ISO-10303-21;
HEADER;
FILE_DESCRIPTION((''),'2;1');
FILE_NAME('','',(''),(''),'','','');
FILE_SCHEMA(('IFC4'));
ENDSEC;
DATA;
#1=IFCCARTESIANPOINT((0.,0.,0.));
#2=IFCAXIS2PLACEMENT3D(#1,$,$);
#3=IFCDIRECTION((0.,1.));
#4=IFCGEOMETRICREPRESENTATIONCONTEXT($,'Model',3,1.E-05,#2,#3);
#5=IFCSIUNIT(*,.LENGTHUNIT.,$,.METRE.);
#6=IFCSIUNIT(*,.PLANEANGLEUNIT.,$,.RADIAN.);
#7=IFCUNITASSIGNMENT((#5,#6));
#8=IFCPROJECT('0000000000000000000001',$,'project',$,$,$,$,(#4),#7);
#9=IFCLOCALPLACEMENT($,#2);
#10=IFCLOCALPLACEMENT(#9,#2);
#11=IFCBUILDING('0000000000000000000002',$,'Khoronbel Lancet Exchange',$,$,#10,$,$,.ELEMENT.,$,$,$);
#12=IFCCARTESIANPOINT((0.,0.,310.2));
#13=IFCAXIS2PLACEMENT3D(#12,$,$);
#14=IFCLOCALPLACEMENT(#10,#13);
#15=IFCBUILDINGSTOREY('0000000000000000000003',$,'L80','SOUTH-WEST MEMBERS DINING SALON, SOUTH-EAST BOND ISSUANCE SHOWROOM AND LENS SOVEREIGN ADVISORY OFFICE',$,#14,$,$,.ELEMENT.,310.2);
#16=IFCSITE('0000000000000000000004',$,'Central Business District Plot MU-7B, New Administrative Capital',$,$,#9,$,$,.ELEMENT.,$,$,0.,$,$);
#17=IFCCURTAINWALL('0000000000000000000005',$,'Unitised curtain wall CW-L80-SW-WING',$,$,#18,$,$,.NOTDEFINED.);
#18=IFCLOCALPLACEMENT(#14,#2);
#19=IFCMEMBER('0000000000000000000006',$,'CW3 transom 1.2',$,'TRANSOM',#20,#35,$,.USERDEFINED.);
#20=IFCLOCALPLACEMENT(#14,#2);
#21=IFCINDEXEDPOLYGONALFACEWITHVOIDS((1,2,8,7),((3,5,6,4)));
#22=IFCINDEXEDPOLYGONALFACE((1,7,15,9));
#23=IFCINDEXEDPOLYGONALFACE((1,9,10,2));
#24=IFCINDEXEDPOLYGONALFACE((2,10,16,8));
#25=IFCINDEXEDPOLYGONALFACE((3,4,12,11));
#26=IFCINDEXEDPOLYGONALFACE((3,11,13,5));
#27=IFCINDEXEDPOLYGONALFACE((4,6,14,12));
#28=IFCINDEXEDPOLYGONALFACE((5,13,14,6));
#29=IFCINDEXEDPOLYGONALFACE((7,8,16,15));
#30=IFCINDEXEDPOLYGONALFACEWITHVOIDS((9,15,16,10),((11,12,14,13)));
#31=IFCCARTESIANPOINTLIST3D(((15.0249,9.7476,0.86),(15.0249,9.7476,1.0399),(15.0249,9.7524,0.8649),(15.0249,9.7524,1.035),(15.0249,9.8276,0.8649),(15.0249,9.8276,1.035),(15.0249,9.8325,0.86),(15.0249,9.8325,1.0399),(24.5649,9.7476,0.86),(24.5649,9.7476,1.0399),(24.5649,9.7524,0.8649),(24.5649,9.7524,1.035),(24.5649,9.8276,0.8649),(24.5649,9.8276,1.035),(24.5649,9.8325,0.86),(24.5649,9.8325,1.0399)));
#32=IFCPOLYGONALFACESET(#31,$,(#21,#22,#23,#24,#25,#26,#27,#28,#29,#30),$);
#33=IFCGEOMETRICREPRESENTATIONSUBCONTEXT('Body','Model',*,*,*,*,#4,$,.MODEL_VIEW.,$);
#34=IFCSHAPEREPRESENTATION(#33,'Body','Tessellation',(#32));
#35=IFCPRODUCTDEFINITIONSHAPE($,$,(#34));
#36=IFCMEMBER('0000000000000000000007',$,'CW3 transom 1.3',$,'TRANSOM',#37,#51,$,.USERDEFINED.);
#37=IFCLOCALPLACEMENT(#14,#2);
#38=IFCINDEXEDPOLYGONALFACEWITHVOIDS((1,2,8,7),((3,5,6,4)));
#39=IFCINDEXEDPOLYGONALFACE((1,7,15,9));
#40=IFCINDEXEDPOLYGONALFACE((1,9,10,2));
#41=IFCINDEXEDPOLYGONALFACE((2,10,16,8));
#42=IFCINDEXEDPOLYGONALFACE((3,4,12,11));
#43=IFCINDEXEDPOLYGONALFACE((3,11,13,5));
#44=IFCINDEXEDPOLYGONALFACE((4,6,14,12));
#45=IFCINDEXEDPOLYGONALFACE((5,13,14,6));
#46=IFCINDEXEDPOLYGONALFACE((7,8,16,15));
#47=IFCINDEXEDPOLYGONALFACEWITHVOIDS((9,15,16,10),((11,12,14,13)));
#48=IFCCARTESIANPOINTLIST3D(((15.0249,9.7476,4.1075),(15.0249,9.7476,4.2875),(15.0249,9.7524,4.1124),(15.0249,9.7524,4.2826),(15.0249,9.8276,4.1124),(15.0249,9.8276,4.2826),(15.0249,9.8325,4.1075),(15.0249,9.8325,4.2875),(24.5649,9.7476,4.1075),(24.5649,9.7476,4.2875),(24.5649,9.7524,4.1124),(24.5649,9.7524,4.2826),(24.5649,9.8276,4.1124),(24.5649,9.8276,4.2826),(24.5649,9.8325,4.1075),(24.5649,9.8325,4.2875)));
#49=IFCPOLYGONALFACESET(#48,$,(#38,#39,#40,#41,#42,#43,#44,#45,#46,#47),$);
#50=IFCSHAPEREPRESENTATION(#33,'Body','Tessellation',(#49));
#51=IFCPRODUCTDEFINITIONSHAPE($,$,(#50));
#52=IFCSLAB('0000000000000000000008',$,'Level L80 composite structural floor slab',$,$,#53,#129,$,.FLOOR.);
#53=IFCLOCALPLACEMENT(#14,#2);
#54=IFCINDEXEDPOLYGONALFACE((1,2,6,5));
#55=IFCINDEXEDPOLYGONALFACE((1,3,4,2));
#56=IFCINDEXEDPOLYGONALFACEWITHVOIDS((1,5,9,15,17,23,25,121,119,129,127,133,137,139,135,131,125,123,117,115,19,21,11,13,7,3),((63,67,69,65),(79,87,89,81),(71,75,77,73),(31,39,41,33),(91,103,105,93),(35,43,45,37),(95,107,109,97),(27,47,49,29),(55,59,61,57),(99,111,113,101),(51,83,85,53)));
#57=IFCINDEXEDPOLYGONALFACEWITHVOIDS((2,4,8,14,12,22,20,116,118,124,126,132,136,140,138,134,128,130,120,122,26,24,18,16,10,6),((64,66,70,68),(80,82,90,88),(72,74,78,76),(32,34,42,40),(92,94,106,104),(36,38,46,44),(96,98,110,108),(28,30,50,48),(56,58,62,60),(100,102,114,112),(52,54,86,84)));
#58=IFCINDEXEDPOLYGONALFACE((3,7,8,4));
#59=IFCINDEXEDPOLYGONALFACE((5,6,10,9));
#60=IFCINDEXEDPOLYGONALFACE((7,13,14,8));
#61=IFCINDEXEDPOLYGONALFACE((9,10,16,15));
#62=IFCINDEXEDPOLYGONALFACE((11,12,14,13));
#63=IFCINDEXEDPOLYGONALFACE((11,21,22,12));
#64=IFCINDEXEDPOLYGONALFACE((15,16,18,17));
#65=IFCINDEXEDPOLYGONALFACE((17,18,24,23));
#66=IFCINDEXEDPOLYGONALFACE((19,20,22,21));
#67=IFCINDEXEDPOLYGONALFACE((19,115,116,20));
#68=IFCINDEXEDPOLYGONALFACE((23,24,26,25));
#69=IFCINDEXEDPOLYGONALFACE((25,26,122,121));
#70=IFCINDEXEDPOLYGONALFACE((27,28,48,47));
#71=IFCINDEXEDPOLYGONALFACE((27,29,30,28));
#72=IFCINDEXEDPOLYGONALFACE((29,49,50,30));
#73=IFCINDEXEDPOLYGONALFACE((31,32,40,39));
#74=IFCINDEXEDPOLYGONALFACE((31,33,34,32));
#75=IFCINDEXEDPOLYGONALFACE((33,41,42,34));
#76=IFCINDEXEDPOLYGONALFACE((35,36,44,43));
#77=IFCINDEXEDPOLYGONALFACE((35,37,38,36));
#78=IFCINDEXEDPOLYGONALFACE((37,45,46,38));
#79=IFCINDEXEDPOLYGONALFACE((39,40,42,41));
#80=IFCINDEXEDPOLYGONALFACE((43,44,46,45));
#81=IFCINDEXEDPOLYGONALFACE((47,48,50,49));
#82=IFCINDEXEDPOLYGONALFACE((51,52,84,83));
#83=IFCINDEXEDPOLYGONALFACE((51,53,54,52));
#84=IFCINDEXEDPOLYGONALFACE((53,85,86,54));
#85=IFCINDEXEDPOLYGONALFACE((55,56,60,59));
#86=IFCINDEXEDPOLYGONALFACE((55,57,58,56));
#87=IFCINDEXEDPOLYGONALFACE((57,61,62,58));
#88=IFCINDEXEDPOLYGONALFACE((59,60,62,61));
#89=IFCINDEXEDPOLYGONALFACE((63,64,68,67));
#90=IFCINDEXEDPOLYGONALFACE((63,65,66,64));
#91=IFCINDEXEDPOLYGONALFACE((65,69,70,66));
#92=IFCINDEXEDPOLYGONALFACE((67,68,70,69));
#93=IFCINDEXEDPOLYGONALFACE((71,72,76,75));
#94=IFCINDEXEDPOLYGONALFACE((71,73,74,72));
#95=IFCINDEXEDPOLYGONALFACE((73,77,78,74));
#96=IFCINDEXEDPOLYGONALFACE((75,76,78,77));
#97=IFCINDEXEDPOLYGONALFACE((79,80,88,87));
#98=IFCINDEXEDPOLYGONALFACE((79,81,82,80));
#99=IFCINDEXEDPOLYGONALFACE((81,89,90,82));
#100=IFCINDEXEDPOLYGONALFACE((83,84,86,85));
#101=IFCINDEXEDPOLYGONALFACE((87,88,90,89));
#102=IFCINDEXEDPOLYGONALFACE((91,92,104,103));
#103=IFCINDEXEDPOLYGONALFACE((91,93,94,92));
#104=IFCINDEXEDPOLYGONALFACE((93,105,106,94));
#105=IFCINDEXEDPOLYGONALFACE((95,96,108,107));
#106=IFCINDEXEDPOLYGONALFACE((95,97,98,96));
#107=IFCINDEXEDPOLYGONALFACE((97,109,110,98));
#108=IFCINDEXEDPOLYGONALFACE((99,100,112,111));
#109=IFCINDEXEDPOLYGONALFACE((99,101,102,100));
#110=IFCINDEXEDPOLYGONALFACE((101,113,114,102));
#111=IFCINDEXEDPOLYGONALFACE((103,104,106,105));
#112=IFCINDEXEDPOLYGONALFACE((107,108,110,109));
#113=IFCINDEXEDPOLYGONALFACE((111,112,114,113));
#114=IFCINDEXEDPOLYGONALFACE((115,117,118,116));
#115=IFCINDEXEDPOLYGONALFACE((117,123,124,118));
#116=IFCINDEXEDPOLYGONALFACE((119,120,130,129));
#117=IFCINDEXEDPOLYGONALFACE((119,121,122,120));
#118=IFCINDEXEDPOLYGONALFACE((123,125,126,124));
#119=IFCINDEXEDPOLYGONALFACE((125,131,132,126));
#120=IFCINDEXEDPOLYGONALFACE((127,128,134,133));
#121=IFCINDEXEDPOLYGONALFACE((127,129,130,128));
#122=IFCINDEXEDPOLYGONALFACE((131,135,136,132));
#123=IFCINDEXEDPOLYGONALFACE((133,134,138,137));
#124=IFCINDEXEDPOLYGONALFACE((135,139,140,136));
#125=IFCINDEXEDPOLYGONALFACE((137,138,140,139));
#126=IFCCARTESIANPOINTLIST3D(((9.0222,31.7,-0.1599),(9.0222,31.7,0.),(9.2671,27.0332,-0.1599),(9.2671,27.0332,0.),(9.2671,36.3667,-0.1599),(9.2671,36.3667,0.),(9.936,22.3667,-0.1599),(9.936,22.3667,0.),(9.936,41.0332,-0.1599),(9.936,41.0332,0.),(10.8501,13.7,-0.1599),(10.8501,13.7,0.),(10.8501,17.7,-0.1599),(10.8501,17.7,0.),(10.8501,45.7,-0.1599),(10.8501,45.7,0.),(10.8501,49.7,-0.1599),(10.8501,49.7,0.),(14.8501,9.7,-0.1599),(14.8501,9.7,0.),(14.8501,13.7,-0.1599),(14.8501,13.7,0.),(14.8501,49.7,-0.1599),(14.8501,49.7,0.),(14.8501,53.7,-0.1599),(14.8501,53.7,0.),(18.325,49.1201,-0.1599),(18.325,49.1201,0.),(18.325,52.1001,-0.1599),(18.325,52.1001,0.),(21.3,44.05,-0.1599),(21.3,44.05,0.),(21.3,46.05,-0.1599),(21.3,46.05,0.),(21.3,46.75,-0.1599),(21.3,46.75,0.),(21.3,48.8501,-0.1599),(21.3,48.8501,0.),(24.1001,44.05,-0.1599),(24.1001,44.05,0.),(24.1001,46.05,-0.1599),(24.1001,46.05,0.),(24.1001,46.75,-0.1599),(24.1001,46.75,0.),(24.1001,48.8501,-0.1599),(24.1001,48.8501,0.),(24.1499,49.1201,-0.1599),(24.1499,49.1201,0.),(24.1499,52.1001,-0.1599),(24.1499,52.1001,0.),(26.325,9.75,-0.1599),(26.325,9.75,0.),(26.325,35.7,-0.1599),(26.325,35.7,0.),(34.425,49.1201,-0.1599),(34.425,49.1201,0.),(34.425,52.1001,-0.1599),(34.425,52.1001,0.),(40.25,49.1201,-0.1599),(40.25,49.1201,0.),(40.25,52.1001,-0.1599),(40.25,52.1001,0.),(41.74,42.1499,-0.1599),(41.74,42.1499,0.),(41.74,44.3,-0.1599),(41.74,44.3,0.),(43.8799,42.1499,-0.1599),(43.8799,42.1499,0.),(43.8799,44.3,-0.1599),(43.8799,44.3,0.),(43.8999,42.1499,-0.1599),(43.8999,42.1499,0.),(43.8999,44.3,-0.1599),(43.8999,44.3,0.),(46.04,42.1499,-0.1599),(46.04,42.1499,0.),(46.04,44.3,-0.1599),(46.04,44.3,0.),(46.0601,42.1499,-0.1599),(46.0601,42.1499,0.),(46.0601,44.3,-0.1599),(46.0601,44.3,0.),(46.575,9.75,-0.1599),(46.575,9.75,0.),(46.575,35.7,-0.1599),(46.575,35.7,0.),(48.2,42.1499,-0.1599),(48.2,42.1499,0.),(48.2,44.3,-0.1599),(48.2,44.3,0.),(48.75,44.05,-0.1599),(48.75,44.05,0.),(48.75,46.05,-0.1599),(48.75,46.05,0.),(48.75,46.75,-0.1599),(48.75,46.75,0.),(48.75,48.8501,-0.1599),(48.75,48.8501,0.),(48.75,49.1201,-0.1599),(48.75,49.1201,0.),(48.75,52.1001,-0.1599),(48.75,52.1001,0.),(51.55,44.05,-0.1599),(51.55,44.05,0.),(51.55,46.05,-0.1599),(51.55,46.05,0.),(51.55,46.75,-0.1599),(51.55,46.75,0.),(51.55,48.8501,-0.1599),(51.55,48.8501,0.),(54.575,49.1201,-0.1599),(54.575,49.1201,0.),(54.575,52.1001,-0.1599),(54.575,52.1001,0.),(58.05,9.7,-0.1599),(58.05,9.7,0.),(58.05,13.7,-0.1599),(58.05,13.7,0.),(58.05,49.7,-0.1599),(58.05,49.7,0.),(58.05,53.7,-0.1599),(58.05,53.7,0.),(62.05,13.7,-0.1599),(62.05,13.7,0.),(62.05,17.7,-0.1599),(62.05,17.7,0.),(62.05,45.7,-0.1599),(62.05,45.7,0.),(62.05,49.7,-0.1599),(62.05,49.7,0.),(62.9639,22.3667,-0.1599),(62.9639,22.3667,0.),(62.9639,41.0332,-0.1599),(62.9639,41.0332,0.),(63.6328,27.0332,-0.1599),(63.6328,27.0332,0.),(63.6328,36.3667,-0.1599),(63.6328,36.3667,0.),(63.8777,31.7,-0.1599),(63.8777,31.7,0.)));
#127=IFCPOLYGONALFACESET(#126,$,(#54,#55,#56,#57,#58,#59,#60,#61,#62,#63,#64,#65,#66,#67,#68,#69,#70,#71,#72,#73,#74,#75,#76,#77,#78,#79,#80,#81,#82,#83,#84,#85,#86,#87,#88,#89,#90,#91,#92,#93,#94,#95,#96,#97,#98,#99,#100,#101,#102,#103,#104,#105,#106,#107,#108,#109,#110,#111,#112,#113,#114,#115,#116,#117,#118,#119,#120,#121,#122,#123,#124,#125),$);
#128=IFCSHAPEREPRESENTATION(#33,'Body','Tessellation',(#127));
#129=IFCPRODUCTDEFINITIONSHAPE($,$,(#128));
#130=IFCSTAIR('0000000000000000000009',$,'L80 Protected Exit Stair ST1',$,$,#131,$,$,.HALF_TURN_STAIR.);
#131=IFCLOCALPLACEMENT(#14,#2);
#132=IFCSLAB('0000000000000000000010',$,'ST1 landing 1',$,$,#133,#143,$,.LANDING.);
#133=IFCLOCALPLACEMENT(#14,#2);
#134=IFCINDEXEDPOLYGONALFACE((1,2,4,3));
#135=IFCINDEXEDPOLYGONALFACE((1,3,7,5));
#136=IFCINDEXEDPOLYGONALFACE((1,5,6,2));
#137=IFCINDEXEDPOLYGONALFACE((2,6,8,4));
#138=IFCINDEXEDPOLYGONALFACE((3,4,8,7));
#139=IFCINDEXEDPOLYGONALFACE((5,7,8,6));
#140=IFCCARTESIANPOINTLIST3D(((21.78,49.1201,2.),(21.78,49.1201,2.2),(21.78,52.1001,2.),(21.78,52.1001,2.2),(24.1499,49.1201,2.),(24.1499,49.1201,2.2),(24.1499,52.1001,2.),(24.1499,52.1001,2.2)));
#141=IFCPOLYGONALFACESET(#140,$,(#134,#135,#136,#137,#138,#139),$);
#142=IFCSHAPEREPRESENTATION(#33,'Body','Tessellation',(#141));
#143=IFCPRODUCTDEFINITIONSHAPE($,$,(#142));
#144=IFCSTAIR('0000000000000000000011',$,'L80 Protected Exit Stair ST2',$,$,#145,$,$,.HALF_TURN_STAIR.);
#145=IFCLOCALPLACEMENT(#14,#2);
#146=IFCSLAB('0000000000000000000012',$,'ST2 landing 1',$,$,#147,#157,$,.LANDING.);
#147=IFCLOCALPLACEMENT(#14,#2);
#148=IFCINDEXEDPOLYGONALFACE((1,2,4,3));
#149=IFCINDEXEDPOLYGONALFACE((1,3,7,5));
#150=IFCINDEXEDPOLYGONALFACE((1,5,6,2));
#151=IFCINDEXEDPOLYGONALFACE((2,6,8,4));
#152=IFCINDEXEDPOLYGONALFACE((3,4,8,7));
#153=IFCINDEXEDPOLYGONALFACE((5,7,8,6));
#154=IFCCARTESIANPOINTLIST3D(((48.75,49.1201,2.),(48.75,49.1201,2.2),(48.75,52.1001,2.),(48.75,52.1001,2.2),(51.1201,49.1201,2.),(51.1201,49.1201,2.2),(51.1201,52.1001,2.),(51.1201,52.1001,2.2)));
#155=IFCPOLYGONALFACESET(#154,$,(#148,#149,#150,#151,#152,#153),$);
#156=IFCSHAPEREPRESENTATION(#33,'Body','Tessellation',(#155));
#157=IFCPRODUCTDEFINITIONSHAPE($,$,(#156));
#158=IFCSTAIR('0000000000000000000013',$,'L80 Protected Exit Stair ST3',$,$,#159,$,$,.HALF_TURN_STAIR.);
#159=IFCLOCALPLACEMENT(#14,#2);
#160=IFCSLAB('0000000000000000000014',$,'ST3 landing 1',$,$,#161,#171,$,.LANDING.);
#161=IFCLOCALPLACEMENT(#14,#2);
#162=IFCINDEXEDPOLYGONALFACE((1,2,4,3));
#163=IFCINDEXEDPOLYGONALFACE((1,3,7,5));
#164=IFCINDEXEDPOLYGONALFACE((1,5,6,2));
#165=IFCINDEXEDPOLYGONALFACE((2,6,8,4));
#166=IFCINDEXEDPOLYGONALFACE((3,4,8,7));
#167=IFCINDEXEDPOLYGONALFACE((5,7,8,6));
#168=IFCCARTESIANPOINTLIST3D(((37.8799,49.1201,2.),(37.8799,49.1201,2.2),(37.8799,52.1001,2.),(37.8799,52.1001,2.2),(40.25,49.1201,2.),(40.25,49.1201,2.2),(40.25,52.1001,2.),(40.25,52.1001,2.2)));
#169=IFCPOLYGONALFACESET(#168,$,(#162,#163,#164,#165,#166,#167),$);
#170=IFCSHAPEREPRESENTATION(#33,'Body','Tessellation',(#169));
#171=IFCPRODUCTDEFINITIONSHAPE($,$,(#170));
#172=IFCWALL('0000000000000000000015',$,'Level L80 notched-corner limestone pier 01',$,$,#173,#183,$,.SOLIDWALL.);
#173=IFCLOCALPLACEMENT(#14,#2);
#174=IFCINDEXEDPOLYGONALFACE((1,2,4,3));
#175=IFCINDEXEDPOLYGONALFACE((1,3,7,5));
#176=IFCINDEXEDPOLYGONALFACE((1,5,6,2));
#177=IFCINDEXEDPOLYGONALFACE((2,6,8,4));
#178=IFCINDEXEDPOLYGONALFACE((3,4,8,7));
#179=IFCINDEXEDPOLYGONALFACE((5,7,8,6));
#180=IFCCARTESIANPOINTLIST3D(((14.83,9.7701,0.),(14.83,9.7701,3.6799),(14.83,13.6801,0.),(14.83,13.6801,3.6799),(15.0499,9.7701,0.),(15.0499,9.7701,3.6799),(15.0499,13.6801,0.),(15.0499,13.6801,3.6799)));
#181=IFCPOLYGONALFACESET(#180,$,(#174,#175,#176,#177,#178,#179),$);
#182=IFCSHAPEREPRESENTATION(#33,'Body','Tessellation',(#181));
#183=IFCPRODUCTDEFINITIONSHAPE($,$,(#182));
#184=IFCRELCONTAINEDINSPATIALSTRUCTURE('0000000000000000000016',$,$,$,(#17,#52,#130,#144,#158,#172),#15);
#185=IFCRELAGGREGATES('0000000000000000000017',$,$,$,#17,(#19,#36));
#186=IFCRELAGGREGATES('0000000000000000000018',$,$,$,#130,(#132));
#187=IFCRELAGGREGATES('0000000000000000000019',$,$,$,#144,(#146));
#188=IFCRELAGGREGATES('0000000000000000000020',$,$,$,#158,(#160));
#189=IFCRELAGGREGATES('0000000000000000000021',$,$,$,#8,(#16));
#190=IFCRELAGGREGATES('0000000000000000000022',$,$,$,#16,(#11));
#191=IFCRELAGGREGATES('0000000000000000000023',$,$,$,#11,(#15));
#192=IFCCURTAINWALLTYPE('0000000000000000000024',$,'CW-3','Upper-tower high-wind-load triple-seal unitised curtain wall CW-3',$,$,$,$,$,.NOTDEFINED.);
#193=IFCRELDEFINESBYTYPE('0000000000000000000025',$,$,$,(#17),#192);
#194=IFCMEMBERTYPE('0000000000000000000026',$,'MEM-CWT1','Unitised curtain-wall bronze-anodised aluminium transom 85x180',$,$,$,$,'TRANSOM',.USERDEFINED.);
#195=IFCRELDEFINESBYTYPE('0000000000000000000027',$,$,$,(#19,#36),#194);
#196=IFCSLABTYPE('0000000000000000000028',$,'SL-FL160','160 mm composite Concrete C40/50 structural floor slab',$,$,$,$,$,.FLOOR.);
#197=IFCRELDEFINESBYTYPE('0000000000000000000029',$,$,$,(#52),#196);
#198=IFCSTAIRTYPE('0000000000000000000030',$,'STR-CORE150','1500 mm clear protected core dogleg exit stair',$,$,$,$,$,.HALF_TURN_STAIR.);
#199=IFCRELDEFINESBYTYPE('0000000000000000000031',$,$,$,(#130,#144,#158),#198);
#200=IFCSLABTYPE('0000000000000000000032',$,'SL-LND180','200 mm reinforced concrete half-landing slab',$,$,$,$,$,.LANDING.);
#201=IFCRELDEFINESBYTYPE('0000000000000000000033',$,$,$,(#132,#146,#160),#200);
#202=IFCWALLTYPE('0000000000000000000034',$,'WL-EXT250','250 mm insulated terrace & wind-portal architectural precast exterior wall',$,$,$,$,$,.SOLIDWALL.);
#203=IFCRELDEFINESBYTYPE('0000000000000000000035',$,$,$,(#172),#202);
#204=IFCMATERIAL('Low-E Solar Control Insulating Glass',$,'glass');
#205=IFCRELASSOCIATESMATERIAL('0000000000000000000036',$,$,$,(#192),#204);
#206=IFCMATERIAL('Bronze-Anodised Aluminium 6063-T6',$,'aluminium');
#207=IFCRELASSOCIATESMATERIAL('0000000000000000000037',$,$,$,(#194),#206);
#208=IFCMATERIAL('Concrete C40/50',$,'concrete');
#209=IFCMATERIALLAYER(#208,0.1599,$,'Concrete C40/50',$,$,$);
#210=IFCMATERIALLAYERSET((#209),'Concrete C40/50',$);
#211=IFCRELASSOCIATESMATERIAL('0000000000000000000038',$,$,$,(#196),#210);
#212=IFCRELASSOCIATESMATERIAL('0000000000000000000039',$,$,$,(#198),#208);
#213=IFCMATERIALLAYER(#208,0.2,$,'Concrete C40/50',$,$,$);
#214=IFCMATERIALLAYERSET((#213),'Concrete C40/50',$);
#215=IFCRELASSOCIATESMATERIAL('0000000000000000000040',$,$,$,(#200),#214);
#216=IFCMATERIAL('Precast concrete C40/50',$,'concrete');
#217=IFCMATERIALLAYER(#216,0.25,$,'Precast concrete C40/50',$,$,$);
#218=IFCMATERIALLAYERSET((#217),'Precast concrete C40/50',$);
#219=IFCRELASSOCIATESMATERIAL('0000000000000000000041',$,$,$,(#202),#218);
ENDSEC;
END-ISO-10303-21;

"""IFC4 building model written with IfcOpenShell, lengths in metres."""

from ifc_helpers import new_model, si_unit, direction, frame, frame_2d, origin, origin_2d, place, context, subcontext, project, spatial, polyline, rectangle, hollow_rectangle, outline, extrude, material, layer, layer_set, material_profile, profile_set, type_object, element, aggregate, save


model = new_model("IFC4")

# Units and contexts
model_context = context("Model", 3, precision=1e-05, world=origin(), true_north=direction((0.0, 1.0)))
body_context = subcontext(model_context, "Body", "Model", "MODEL_VIEW")
ifc_project = project(units=[si_unit("LENGTHUNIT", "METRE"), si_unit("PLANEANGLEUNIT", "RADIAN")], contexts=[model_context])

# Site, building, storey
site_placement = place(None, origin())
site = spatial("IfcSite", under=ifc_project, at=site_placement, Name="Central Business District Plot MU-7B, New Administrative Capital", CompositionType="ELEMENT", RefElevation=0.0)
building_placement = place(site_placement, origin())
building = spatial("IfcBuilding", under=site, at=building_placement, Name="Khoronbel Lancet Exchange", CompositionType="ELEMENT")
storey_placement = place(building_placement, frame((0.0, 0.0, 310.2)))
storey = spatial("IfcBuildingStorey", under=building, at=storey_placement, Name="L80", Description="SOUTH-WEST MEMBERS DINING SALON, SOUTH-EAST BOND ISSUANCE SHOWROOM AND LENS SOVEREIGN ADVISORY OFFICE", CompositionType="ELEMENT", Elevation=310.2)

# Curtain wall
ifc_material_1 = material(Name="Low-E Solar Control Insulating Glass", Category="glass")
curtain_wall_type_1 = type_object("IfcCurtainWallType", Name="CW-3", Description="Upper-tower high-wind-load triple-seal unitised curtain wall CW-3", PredefinedType="NOTDEFINED", material=ifc_material_1)
curtain_wall_1_placement = place(storey_placement, origin())
curtain_wall_1 = element("IfcCurtainWall", 1, at=curtain_wall_1_placement, inside=storey, type_object=curtain_wall_type_1, Name="Unitised curtain wall CW-L80-SW-WING", PredefinedType="NOTDEFINED")
ifc_material_2 = material(Name="Bronze-Anodised Aluminium 6063-T6", Category="aluminium")

# Shared definitions
ifc_material_profile_1 = material_profile(ifc_material_2, hollow_rectangle(XDim=0.085, YDim=0.1799, WallThickness=0.0049, at=origin_2d()), Name="ALU TRANSOM 85x180")
ifc_profile_set_1 = profile_set([ifc_material_profile_1], Name="Bronze-Anodised Aluminium 6063-T6")
member_type_1 = type_object("IfcMemberType", Name="MEM-CWT1", Description="Unitised curtain-wall bronze-anodised aluminium transom 85x180", ElementType="TRANSOM", PredefinedType="USERDEFINED", material=ifc_profile_set_1)

# Members
member_1_placement = place(storey_placement, frame((15.0249, 9.79, 0.95), z_axis=(1.0, 0.0, 0.0), x_axis=(0.0, 1.0, 0.0)))
member_1 = element("IfcMember", 2, at=member_1_placement, type_object=member_type_1, Name="CW3 transom 1.2", ObjectType="TRANSOM", PredefinedType="USERDEFINED", context=body_context, shape_type="SweptSolid", body=[
    extrude(hollow_rectangle(XDim=0.085, YDim=0.1799, WallThickness=0.0049, at=origin_2d()), origin(), (0.0, 0.0, 1.0), 9.54),
])
member_2_placement = place(storey_placement, frame((15.0249, 9.79, 4.1975), z_axis=(1.0, 0.0, 0.0), x_axis=(0.0, 1.0, 0.0)))
member_2 = element("IfcMember", 3, at=member_2_placement, type_object=member_type_1, Name="CW3 transom 1.3", ObjectType="TRANSOM", PredefinedType="USERDEFINED", context=body_context, shape_type="SweptSolid", body=[
    extrude(hollow_rectangle(XDim=0.085, YDim=0.1799, WallThickness=0.0049, at=origin_2d()), origin(), (0.0, 0.0, 1.0), 9.54),
])
aggregate(curtain_wall_1, [member_1, member_2])

# Slab
ifc_material_3 = material(Name="Concrete C40/50", Category="concrete")
ifc_layer_1 = layer(ifc_material_3, 0.1599, Name="Concrete C40/50")
ifc_layer_set_1 = layer_set([ifc_layer_1], Name="Concrete C40/50")
slab_type_1 = type_object("IfcSlabType", Name="SL-FL160", Description="160 mm composite Concrete C40/50 structural floor slab", PredefinedType="FLOOR", material=ifc_layer_set_1)
slab_1_placement = place(storey_placement, frame((0.0, 0.0, -0.1599)))
element("IfcSlab", 4, at=slab_1_placement, inside=storey, type_object=slab_type_1, Name="Level L80 composite structural floor slab", PredefinedType="FLOOR", context=body_context, shape_type="SweptSolid", body=[
    extrude(outline(polyline([(14.8501, 9.7), (58.05, 9.7), (58.05, 13.7), (62.05, 13.7), (62.05, 17.7), (62.9639, 22.3667), (63.6328, 27.0332), (63.8777, 31.7), (63.6328, 36.3667), (62.9639, 41.0332), (62.05, 45.7), (62.05, 49.7), (58.05, 49.7), (58.05, 53.7), (14.8501, 53.7), (14.8501, 49.7), (10.8501, 49.7), (10.8501, 45.7), (9.936, 41.0332), (9.2671, 36.3667), (9.0222, 31.7), (9.2671, 27.0332), (9.936, 22.3667), (10.8501, 17.7), (10.8501, 13.7), (14.8501, 13.7), (14.8501, 9.7)]), holes=[polyline([(18.325, 49.1201), (24.1499, 49.1201), (24.1499, 52.1001), (18.325, 52.1001), (18.325, 49.1201)]), polyline([(48.75, 49.1201), (54.575, 49.1201), (54.575, 52.1001), (48.75, 52.1001), (48.75, 49.1201)]), polyline([(34.425, 49.1201), (40.25, 49.1201), (40.25, 52.1001), (34.425, 52.1001), (34.425, 49.1201)]), polyline([(41.74, 42.1499), (43.8799, 42.1499), (43.8799, 44.3), (41.74, 44.3), (41.74, 42.1499)]), polyline([(43.8999, 42.1499), (46.04, 42.1499), (46.04, 44.3), (43.8999, 44.3), (43.8999, 42.1499)]), polyline([(46.0601, 42.1499), (48.2, 42.1499), (48.2, 44.3), (46.0601, 44.3), (46.0601, 42.1499)]), polyline([(21.3, 46.75), (24.1001, 46.75), (24.1001, 48.8501), (21.3, 48.8501), (21.3, 46.75)]), polyline([(48.75, 46.75), (51.55, 46.75), (51.55, 48.8501), (48.75, 48.8501), (48.75, 46.75)]), polyline([(21.3, 44.05), (24.1001, 44.05), (24.1001, 46.05), (21.3, 46.05), (21.3, 44.05)]), polyline([(48.75, 44.05), (51.55, 44.05), (51.55, 46.05), (48.75, 46.05), (48.75, 44.05)]), polyline([(26.325, 9.75), (46.575, 9.75), (46.575, 35.7), (26.325, 35.7), (26.325, 9.75)])]), origin(), (0.0, 0.0, 1.0), 0.1599),
])

# Stairs, slabs
stair_type = type_object("IfcStairType", Name="STR-CORE150", Description="1500 mm clear protected core dogleg exit stair", PredefinedType="HALF_TURN_STAIR", material=ifc_material_3)
stair_1_placement = place(storey_placement, origin())
stair_1 = element("IfcStair", 5, at=stair_1_placement, inside=storey, type_object=stair_type, Name="L80 Protected Exit Stair ST1", PredefinedType="HALF_TURN_STAIR")
ifc_layer_2 = layer(ifc_material_3, 0.2, Name="Concrete C40/50")
ifc_layer_set_2 = layer_set([ifc_layer_2], Name="Concrete C40/50")
slab_type_2 = type_object("IfcSlabType", Name="SL-LND180", Description="200 mm reinforced concrete half-landing slab", PredefinedType="LANDING", material=ifc_layer_set_2)
slab_2_placement = place(storey_placement, frame((0.0, 0.0, 2.0)))
slab_2 = element("IfcSlab", 6, at=slab_2_placement, type_object=slab_type_2, Name="ST1 landing 1", PredefinedType="LANDING", context=body_context, shape_type="SweptSolid", body=[
    extrude(outline(polyline([(21.78, 49.1201), (24.1499, 49.1201), (24.1499, 52.1001), (21.78, 52.1001), (21.78, 49.1201)])), origin(), (0.0, 0.0, 1.0), 0.2),
])
aggregate(stair_1, [slab_2])
stair_2_placement = place(storey_placement, origin())
stair_2 = element("IfcStair", 7, at=stair_2_placement, inside=storey, type_object=stair_type, Name="L80 Protected Exit Stair ST2", PredefinedType="HALF_TURN_STAIR")
slab_3_placement = place(storey_placement, frame((0.0, 0.0, 2.0)))
slab_3 = element("IfcSlab", 8, at=slab_3_placement, type_object=slab_type_2, Name="ST2 landing 1", PredefinedType="LANDING", context=body_context, shape_type="SweptSolid", body=[
    extrude(outline(polyline([(51.1201, 52.1001), (48.75, 52.1001), (48.75, 49.1201), (51.1201, 49.1201), (51.1201, 52.1001)])), origin(), (0.0, 0.0, 1.0), 0.2),
])
aggregate(stair_2, [slab_3])
stair_3_placement = place(storey_placement, origin())
stair_3 = element("IfcStair", 9, at=stair_3_placement, inside=storey, type_object=stair_type, Name="L80 Protected Exit Stair ST3", PredefinedType="HALF_TURN_STAIR")
slab_4_placement = place(storey_placement, frame((0.0, 0.0, 2.0)))
slab_4 = element("IfcSlab", 10, at=slab_4_placement, type_object=slab_type_2, Name="ST3 landing 1", PredefinedType="LANDING", context=body_context, shape_type="SweptSolid", body=[
    extrude(outline(polyline([(37.8799, 49.1201), (40.25, 49.1201), (40.25, 52.1001), (37.8799, 52.1001), (37.8799, 49.1201)])), origin(), (0.0, 0.0, 1.0), 0.2),
])
aggregate(stair_3, [slab_4])

# Wall
ifc_material_4 = material(Name="Precast concrete C40/50", Category="concrete")
ifc_layer_3 = layer(ifc_material_4, 0.25, Name="Precast concrete C40/50")
ifc_layer_set_3 = layer_set([ifc_layer_3], Name="Precast concrete C40/50")
wall_type_1 = type_object("IfcWallType", Name="WL-EXT250", Description="250 mm insulated terrace & wind-portal architectural precast exterior wall", PredefinedType="SOLIDWALL", material=ifc_layer_set_3)
wall_1_placement = place(storey_placement, frame((14.9399, 9.77, 0.0), z_axis=(0.0, 0.0, 1.0), x_axis=(0.0, 1.0, 0.0)))
element("IfcWall", 11, at=wall_1_placement, inside=storey, type_object=wall_type_1, Name="Level L80 notched-corner limestone pier 01", PredefinedType="SOLIDWALL", context=body_context, shape_type="SweptSolid", body=[
    extrude(rectangle(XDim=3.9099, YDim=0.22, at=frame_2d((1.9551, 0.0))), origin(), (0.0, 0.0, 1.0), 3.6799),
])

save(model, "model.ifc")
